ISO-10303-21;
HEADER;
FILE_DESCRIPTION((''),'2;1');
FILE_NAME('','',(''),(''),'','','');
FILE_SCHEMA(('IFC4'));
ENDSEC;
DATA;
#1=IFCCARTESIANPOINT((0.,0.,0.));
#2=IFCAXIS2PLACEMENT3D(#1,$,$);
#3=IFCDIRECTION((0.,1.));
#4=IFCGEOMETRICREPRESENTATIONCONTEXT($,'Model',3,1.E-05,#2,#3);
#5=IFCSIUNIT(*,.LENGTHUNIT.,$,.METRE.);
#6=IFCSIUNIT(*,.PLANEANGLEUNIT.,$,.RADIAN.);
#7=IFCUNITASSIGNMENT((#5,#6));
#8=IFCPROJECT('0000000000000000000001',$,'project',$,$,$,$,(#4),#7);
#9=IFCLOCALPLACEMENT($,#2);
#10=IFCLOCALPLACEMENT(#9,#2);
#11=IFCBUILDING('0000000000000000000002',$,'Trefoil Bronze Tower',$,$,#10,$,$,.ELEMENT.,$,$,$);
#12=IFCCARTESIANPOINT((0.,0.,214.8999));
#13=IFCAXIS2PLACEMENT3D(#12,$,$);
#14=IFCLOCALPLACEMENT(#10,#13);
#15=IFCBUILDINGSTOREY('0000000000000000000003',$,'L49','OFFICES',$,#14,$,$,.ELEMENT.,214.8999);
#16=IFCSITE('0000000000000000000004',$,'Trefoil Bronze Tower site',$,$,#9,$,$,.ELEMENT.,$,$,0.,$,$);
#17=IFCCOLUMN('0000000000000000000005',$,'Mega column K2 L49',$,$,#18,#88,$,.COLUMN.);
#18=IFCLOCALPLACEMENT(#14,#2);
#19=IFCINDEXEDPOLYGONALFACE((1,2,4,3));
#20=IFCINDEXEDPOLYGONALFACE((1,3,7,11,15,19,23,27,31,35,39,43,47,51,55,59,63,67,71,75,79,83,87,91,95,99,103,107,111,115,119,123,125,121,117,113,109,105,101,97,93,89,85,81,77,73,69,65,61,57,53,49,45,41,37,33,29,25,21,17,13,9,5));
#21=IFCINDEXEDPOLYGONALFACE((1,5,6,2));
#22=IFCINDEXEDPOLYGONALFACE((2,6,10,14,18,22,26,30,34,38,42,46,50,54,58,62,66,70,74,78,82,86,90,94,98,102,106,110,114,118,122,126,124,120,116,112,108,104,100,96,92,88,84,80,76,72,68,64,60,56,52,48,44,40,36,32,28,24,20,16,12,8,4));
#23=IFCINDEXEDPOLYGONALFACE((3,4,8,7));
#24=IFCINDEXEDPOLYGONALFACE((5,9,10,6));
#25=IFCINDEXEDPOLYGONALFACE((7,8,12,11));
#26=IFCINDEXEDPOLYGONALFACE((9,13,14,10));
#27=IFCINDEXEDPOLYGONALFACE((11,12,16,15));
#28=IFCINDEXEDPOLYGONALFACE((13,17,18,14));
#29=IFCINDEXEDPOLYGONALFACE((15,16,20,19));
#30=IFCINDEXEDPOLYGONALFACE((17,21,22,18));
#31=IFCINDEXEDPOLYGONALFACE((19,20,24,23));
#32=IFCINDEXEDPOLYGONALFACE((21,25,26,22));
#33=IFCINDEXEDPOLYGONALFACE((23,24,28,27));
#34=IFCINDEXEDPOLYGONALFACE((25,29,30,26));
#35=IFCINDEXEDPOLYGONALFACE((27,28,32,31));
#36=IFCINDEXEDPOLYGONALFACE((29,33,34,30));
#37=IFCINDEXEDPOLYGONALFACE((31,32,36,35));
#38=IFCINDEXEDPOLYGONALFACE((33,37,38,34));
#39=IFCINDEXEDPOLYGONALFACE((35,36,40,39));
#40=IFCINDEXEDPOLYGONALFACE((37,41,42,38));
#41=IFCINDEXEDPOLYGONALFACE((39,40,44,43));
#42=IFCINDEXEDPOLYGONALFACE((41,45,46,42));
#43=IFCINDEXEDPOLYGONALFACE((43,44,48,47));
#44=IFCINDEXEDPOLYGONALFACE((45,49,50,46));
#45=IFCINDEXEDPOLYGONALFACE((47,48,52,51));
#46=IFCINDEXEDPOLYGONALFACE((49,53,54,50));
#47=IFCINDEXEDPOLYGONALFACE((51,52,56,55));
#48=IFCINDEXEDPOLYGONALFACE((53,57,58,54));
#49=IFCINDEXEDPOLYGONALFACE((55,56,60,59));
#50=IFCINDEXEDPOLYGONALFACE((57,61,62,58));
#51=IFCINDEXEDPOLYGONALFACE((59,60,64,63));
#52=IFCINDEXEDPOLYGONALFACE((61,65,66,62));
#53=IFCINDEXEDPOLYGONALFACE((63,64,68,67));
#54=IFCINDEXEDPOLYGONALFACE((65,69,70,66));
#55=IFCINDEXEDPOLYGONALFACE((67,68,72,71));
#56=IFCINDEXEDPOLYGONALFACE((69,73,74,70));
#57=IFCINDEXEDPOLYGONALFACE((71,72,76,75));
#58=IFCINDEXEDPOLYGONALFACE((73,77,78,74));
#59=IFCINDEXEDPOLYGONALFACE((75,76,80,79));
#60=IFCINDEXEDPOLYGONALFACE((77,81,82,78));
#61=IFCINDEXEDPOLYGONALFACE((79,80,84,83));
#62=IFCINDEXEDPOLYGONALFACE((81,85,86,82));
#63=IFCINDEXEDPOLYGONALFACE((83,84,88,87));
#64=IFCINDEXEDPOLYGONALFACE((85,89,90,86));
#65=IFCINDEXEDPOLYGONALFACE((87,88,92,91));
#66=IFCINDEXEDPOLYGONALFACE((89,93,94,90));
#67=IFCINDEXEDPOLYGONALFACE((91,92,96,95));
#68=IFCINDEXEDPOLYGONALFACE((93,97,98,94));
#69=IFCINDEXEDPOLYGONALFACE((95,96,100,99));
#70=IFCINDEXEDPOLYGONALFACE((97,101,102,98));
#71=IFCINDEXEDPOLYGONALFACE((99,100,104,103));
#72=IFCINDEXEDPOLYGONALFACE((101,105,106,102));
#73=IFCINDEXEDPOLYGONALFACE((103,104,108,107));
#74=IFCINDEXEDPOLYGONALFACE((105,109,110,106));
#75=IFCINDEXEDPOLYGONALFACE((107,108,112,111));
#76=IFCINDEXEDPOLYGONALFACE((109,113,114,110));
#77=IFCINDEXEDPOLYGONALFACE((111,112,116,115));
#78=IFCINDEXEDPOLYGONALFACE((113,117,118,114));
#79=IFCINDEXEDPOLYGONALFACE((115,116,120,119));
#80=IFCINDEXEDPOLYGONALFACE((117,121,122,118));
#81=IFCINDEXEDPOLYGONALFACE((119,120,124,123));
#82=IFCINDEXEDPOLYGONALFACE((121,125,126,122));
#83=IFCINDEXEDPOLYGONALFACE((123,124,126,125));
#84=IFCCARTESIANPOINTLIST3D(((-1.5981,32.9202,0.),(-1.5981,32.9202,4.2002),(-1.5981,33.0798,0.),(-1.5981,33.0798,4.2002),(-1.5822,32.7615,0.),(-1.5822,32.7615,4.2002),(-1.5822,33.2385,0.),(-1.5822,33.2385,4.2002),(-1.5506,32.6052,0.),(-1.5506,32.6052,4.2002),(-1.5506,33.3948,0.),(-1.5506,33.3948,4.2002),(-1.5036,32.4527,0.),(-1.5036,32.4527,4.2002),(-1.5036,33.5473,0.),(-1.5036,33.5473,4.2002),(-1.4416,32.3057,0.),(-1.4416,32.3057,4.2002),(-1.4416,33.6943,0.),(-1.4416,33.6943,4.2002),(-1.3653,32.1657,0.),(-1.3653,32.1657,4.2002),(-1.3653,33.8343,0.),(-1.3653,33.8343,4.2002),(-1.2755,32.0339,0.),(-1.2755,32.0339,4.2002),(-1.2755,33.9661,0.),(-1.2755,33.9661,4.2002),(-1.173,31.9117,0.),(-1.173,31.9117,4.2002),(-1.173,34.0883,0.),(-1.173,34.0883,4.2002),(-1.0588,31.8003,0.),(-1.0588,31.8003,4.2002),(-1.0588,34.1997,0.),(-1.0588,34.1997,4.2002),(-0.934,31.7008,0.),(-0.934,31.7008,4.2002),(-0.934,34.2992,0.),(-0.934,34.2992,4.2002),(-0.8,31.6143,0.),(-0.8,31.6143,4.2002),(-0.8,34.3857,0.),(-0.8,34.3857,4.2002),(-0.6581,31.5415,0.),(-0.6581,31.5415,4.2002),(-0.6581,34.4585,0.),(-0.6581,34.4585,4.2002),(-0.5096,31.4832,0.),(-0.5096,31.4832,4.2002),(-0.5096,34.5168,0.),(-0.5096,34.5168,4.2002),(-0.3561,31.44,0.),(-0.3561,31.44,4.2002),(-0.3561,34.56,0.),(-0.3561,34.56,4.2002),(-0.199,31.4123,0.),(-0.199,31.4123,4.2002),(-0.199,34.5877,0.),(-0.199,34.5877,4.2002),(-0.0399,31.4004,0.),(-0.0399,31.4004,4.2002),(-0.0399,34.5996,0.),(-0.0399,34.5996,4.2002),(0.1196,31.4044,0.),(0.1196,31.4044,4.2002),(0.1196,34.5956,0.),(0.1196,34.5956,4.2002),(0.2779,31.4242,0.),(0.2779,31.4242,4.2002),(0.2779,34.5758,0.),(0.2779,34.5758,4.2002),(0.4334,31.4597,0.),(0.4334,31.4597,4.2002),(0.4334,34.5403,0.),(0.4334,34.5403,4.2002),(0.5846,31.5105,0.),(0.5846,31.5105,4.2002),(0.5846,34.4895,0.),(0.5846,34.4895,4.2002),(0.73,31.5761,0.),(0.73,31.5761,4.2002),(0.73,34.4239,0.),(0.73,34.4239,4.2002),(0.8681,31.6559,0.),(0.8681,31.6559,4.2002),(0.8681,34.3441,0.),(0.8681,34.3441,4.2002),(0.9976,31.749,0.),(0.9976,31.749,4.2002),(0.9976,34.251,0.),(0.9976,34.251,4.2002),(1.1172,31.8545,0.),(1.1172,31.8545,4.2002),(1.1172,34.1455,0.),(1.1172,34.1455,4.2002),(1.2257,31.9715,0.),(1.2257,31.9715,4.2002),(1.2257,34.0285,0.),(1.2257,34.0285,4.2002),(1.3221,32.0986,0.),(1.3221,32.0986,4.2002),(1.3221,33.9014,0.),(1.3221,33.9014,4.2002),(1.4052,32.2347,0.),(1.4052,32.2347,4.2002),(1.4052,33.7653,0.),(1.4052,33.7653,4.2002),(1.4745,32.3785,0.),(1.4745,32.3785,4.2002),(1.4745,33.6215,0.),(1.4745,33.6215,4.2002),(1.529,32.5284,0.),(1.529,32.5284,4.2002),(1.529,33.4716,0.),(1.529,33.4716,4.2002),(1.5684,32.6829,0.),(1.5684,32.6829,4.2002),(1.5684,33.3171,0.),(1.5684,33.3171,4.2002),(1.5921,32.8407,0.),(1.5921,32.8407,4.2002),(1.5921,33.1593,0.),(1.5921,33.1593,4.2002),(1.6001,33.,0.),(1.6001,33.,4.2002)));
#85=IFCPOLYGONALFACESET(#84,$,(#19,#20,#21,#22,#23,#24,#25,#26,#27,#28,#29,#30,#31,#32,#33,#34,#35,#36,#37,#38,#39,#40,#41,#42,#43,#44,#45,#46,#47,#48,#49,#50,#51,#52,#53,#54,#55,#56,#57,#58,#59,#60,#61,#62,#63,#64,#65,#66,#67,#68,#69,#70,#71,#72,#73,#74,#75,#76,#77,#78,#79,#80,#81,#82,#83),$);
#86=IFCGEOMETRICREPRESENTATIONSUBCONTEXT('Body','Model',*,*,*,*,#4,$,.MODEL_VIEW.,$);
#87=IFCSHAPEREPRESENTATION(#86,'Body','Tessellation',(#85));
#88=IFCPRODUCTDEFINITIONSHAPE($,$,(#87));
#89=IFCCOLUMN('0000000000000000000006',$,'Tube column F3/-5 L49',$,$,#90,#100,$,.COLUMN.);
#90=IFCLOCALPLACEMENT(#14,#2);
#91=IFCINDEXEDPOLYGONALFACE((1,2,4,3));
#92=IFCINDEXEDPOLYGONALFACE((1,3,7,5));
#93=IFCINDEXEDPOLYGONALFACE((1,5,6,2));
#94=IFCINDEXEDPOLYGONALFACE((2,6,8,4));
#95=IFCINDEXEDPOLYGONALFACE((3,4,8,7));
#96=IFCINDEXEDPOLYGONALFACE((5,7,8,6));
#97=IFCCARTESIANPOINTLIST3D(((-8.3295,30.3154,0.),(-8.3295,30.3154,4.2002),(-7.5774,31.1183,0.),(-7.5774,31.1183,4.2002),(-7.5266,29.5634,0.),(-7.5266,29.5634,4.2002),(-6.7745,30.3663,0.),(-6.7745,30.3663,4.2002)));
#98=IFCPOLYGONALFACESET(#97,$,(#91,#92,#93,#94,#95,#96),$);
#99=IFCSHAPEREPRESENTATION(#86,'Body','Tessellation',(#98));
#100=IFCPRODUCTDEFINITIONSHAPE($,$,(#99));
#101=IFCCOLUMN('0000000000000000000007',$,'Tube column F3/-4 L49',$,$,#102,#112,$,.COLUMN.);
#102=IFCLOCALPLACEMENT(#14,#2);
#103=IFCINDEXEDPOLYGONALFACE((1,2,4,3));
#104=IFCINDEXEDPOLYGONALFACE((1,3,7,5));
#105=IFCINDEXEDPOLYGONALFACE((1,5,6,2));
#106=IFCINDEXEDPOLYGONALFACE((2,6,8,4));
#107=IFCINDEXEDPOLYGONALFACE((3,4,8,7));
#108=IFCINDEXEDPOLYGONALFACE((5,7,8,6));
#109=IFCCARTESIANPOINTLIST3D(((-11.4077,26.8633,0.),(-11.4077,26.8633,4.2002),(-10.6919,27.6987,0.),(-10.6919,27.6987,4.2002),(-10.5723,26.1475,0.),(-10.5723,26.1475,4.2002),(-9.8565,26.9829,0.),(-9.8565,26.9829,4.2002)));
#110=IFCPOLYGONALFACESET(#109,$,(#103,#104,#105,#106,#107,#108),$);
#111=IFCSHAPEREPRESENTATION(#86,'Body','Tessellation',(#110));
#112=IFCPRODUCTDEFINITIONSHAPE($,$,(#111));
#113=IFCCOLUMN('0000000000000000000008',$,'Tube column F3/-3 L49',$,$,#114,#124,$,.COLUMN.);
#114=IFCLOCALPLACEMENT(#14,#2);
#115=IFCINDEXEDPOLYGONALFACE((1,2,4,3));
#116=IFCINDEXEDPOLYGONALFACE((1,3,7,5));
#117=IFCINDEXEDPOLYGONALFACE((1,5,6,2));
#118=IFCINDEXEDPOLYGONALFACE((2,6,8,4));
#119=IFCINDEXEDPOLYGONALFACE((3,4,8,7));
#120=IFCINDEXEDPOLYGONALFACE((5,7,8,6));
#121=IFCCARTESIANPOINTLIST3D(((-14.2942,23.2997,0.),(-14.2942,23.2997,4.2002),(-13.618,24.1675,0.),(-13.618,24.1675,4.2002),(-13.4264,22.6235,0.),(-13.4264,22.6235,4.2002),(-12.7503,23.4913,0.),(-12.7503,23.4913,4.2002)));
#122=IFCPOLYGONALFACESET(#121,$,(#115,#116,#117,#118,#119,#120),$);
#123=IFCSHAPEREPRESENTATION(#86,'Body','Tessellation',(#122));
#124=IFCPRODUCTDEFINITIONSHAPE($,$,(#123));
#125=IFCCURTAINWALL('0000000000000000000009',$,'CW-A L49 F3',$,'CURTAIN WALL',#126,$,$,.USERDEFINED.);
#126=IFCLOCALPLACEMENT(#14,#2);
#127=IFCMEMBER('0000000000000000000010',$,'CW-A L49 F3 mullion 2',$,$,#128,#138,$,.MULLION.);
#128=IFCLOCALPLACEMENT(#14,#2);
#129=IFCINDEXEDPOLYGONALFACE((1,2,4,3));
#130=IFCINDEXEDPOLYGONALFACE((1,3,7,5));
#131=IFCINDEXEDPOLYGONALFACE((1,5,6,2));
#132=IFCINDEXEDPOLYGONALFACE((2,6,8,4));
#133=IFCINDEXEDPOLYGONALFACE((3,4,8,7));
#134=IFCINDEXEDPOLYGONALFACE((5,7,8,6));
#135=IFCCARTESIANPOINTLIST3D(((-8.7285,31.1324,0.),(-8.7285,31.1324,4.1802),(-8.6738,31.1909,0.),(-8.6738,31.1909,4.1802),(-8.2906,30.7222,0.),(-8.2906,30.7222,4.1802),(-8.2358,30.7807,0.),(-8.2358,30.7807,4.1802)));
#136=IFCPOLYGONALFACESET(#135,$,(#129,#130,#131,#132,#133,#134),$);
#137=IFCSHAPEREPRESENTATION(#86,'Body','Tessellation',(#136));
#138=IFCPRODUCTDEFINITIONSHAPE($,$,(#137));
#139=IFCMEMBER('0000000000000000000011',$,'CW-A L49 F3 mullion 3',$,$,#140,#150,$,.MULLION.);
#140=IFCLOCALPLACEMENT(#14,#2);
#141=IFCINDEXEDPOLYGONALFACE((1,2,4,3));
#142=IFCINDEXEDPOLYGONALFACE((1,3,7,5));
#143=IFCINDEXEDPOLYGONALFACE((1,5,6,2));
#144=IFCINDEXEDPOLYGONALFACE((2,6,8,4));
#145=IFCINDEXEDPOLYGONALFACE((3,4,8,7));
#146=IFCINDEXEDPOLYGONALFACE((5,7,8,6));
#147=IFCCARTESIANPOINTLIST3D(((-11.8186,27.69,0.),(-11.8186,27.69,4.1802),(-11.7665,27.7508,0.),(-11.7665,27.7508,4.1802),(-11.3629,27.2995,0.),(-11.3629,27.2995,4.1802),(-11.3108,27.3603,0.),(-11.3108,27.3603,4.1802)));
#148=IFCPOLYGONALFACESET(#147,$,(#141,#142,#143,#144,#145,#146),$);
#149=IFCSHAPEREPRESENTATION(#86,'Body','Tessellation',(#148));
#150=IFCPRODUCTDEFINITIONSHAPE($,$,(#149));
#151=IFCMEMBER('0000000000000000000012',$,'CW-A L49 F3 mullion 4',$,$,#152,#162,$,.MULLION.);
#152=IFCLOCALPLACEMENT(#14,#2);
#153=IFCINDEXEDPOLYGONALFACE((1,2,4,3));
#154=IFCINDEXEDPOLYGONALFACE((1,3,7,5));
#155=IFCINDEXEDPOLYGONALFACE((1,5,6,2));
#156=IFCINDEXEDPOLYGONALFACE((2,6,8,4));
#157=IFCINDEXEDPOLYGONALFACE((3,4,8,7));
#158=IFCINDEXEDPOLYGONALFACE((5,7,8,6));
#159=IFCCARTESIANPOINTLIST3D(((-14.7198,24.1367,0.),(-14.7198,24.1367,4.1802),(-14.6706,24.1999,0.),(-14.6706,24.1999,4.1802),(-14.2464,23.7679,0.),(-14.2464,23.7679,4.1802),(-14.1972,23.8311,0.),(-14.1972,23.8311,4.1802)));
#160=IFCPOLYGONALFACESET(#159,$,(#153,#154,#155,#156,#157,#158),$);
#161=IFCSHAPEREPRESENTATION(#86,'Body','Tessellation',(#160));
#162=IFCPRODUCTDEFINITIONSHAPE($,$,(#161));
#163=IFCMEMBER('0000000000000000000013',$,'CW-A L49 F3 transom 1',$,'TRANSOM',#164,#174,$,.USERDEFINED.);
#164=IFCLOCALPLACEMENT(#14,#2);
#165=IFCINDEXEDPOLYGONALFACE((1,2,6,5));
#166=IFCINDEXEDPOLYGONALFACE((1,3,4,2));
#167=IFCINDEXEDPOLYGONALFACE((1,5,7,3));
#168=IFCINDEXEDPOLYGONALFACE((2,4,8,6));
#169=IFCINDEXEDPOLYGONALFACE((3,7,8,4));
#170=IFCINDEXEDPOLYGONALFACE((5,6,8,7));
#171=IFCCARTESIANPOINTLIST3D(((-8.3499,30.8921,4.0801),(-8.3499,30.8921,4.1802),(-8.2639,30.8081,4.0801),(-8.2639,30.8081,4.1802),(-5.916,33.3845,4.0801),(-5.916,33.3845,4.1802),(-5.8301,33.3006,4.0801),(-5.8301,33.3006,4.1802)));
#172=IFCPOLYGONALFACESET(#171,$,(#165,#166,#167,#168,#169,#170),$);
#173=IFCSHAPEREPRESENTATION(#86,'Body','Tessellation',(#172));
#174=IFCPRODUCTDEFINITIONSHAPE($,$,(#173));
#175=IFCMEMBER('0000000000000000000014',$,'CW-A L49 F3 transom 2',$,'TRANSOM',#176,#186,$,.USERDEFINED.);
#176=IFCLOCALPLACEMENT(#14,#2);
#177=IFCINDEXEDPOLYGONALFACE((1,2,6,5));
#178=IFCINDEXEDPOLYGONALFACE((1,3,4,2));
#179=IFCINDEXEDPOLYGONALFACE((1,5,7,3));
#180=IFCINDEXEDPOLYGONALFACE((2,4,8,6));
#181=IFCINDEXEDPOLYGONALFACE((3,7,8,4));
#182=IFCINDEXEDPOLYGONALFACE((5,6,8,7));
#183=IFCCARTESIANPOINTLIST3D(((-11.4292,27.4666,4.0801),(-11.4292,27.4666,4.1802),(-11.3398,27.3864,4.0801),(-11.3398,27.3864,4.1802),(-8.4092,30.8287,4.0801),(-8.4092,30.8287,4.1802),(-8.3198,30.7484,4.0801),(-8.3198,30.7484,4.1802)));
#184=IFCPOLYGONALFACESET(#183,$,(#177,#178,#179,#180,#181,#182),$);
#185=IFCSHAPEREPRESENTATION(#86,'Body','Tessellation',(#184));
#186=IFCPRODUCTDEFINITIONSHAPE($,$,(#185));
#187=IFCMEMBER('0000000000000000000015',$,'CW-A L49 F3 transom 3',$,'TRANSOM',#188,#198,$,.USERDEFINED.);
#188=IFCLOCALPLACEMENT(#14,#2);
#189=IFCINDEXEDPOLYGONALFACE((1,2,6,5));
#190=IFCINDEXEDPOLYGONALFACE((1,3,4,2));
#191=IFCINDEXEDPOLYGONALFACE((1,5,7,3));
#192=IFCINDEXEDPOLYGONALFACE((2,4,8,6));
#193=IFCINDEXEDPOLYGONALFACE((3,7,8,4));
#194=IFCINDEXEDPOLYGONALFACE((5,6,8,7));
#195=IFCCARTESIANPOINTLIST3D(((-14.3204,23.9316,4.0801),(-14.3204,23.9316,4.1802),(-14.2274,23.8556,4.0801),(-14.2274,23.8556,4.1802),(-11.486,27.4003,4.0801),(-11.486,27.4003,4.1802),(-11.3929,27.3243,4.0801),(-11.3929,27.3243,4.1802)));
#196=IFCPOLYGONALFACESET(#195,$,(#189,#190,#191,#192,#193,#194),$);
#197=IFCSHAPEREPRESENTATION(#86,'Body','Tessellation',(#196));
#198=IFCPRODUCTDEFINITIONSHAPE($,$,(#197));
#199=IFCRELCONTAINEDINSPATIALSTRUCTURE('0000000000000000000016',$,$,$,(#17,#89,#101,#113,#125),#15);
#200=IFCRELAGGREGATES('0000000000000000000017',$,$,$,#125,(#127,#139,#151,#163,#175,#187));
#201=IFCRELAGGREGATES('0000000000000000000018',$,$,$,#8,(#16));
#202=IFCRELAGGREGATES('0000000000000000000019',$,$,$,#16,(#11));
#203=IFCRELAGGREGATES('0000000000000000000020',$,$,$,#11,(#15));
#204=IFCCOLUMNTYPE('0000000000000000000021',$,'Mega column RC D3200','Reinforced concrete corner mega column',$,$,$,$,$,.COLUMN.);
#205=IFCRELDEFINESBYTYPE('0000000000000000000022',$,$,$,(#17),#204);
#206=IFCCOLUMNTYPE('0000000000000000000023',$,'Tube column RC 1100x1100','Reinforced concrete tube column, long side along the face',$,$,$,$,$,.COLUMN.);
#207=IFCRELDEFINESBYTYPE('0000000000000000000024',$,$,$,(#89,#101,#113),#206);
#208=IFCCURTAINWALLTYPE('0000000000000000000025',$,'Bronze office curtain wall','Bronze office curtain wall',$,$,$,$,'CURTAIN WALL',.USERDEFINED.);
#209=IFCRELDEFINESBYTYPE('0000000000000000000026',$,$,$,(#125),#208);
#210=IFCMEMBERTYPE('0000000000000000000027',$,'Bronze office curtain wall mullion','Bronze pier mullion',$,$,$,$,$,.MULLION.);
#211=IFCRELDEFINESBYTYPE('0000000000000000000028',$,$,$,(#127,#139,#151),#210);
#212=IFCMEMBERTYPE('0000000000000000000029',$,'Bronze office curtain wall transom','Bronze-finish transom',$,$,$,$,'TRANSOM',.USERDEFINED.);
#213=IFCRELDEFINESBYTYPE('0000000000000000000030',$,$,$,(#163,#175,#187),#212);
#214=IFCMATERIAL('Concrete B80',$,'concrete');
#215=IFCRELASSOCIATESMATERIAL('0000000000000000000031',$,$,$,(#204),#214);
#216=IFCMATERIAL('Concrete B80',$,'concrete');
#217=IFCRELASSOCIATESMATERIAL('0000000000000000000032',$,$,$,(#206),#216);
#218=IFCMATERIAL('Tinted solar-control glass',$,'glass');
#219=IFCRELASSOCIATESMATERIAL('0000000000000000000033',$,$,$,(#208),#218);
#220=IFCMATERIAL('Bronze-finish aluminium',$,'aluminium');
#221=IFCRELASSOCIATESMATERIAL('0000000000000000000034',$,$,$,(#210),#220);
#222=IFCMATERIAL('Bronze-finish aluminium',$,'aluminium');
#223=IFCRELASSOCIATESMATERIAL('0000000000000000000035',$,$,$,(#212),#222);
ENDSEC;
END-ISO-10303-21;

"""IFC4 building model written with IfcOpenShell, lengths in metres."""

from ifc_helpers import new_model, si_unit, direction, frame, origin, origin_2d, place, context, subcontext, project, spatial, rectangle, circle, extrude, material, material_profile, profile_set, type_object, element, aggregate, save


model = new_model("IFC4")

# Units and contexts
model_context = context("Model", 3, precision=1e-05, world=origin(), true_north=direction((0.0, 1.0)))
body_context = subcontext(model_context, "Body", "Model", "MODEL_VIEW")
ifc_project = project(units=[si_unit("LENGTHUNIT", "METRE"), si_unit("PLANEANGLEUNIT", "RADIAN")], contexts=[model_context])

# Site, building, storey
site_placement = place(None, origin())
site = spatial("IfcSite", under=ifc_project, at=site_placement, Name="Trefoil Bronze Tower site", CompositionType="ELEMENT", RefElevation=0.0)
building_placement = place(site_placement, origin())
building = spatial("IfcBuilding", under=site, at=building_placement, Name="Trefoil Bronze Tower", CompositionType="ELEMENT")
storey_placement = place(building_placement, frame((0.0, 0.0, 214.8999)))
storey = spatial("IfcBuildingStorey", under=building, at=storey_placement, Name="L49", Description="OFFICES", CompositionType="ELEMENT", Elevation=214.8999)

# Columns
ifc_material_1 = material(Name="Concrete B80", Category="concrete")
ifc_material_profile_1 = material_profile(ifc_material_1, circle(Radius=1.6001, at=origin_2d()), Name="RC D3200")
ifc_profile_set_1 = profile_set([ifc_material_profile_1], Name="Concrete B80")
column_type_1 = type_object("IfcColumnType", Name="Mega column RC D3200", Description="Reinforced concrete corner mega column", PredefinedType="COLUMN", material=ifc_profile_set_1)
column_placement = place(storey_placement, frame((0.0, 33.0, 0.0), z_axis=(0.0, 0.0, 1.0), x_axis=(1.0, 0.0, 0.0)))
element("IfcColumn", 1, at=column_placement, inside=storey, type_object=column_type_1, Name="Mega column K2 L49", PredefinedType="COLUMN", context=body_context, shape_type="SweptSolid", body=[
    extrude(circle(Radius=1.6001, at=origin_2d()), origin(), (0.0, 0.0, 1.0), 4.2002),
])
ifc_material_2 = material(Name="Concrete B80", Category="concrete")
ifc_material_profile_2 = material_profile(ifc_material_2, rectangle(XDim=1.1001, YDim=1.1001, at=origin_2d()), Name="RC 1100x1100")
ifc_profile_set_2 = profile_set([ifc_material_profile_2], Name="Concrete B80")
column_type_2 = type_object("IfcColumnType", Name="Tube column RC 1100x1100", Description="Reinforced concrete tube column, long side along the face", PredefinedType="COLUMN", material=ifc_profile_set_2)
for number, where, z_axis, x_axis, name in (
    (2, (-7.552, 30.3408, 0.0), (0.0, 0.0, 1.0), (-0.683597, -0.72986, 0.0), "Tube column F3/-5 L49"),
    (3, (-10.6321, 26.9231, 0.0), (0.0, 0.0, 1.0), (-0.650677, -0.759355, 0.0), "Tube column F3/-4 L49"),
    (4, (-13.5222, 23.3955, 0.0), (0.0, 0.0, 1.0), (-0.614622, -0.788821, 0.0), "Tube column F3/-3 L49"),
):
    element("IfcColumn", number, at=place(storey_placement, frame(where, z_axis=z_axis, x_axis=x_axis)), inside=storey, type_object=column_type_2, Name=name, PredefinedType="COLUMN", context=body_context, shape_type="SweptSolid", body=[
        extrude(rectangle(XDim=1.1001, YDim=1.1001, at=origin_2d()), origin(), (0.0, 0.0, 1.0), 4.2002),
    ])

# Curtain wall, members
ifc_material_3 = material(Name="Tinted solar-control glass", Category="glass")
curtain_wall_type_1 = type_object("IfcCurtainWallType", Name="Bronze office curtain wall", Description="Bronze office curtain wall", ElementType="CURTAIN WALL", PredefinedType="USERDEFINED", material=ifc_material_3)
curtain_wall_1_placement = place(storey_placement, origin())
curtain_wall_1 = element("IfcCurtainWall", 5, at=curtain_wall_1_placement, inside=storey, type_object=curtain_wall_type_1, Name="CW-A L49 F3", ObjectType="CURTAIN WALL", PredefinedType="USERDEFINED")
ifc_material_4 = material(Name="Bronze-finish aluminium", Category="aluminium")
ifc_material_profile_3 = material_profile(ifc_material_4, rectangle(XDim=0.6001, YDim=0.0801, at=origin_2d()), Name="CW-A mullion")
ifc_profile_set_3 = profile_set([ifc_material_profile_3], Name="Bronze-finish aluminium")
member_type_1 = type_object("IfcMemberType", Name="Bronze office curtain wall mullion", Description="Bronze pier mullion", PredefinedType="MULLION", material=ifc_profile_set_3)
member_1_placement = place(storey_placement, frame((-8.4822, 30.9565, 0.0), z_axis=(0.0, 0.0, 1.0), x_axis=(0.72986, -0.683597, 0.0)))
member_1 = element("IfcMember", 6, at=member_1_placement, type_object=member_type_1, Name="CW-A L49 F3 mullion 2", PredefinedType="MULLION", context=body_context, shape_type="SweptSolid", body=[
    extrude(rectangle(XDim=0.6001, YDim=0.0801, at=origin_2d()), origin(), (0.0, 0.0, 1.0), 4.1802),
])
member_2_placement = place(storey_placement, frame((-11.5647, 27.5251, 0.0), z_axis=(0.0, 0.0, 1.0), x_axis=(0.759355, -0.650677, 0.0)))
member_2 = element("IfcMember", 7, at=member_2_placement, type_object=member_type_1, Name="CW-A L49 F3 mullion 3", PredefinedType="MULLION", context=body_context, shape_type="SweptSolid", body=[
    extrude(rectangle(XDim=0.6001, YDim=0.0801, at=origin_2d()), origin(), (0.0, 0.0, 1.0), 4.1802),
])
member_3_placement = place(storey_placement, frame((-14.4585, 23.9839, 0.0), z_axis=(0.0, 0.0, 1.0), x_axis=(0.788821, -0.614622, 0.0)))
member_3 = element("IfcMember", 8, at=member_3_placement, type_object=member_type_1, Name="CW-A L49 F3 mullion 4", PredefinedType="MULLION", context=body_context, shape_type="SweptSolid", body=[
    extrude(rectangle(XDim=0.6001, YDim=0.0801, at=origin_2d()), origin(), (0.0, 0.0, 1.0), 4.1802),
])
ifc_material_5 = material(Name="Bronze-finish aluminium", Category="aluminium")
ifc_material_profile_4 = material_profile(ifc_material_5, rectangle(XDim=0.1201, YDim=0.1001, at=origin_2d()), Name="CW-A transom")
ifc_profile_set_4 = profile_set([ifc_material_profile_4], Name="Bronze-finish aluminium")
member_type_2 = type_object("IfcMemberType", Name="Bronze office curtain wall transom", Description="Bronze-finish transom", ElementType="TRANSOM", PredefinedType="USERDEFINED", material=ifc_profile_set_4)
member_4_placement = place(storey_placement, frame((-5.873, 33.3425, 4.1301), z_axis=(-0.698647, -0.715467, 0.0), x_axis=(0.715467, -0.698647, 0.0)))
member_4 = element("IfcMember", 9, at=member_4_placement, type_object=member_type_2, Name="CW-A L49 F3 transom 1", ObjectType="TRANSOM", PredefinedType="USERDEFINED", context=body_context, shape_type="SweptSolid", body=[
    extrude(rectangle(XDim=0.1201, YDim=0.1001, at=origin_2d()), origin(), (0.0, 0.0, 1.0), 3.4836),
])
member_5_placement = place(storey_placement, frame((-8.3645, 30.7886, 4.1301), z_axis=(-0.668251, -0.743936, 0.0), x_axis=(0.743936, -0.668251, 0.0)))
member_5 = element("IfcMember", 10, at=member_5_placement, type_object=member_type_2, Name="CW-A L49 F3 transom 2", ObjectType="TRANSOM", PredefinedType="USERDEFINED", context=body_context, shape_type="SweptSolid", body=[
    extrude(rectangle(XDim=0.1201, YDim=0.1001, at=origin_2d()), origin(), (0.0, 0.0, 1.0), 4.5193),
])
member_6_placement = place(storey_placement, frame((-11.4395, 27.3623, 4.1301), z_axis=(-0.632757, -0.774351, 0.0), x_axis=(0.774351, -0.632757, 0.0)))
member_6 = element("IfcMember", 11, at=member_6_placement, type_object=member_type_2, Name="CW-A L49 F3 transom 3", ObjectType="TRANSOM", PredefinedType="USERDEFINED", context=body_context, shape_type="SweptSolid", body=[
    extrude(rectangle(XDim=0.1201, YDim=0.1001, at=origin_2d()), origin(), (0.0, 0.0, 1.0), 4.4795),
])

aggregate(curtain_wall_1, [member_1, member_2, member_3, member_4, member_5, member_6])

save(model, "model.ifc")
